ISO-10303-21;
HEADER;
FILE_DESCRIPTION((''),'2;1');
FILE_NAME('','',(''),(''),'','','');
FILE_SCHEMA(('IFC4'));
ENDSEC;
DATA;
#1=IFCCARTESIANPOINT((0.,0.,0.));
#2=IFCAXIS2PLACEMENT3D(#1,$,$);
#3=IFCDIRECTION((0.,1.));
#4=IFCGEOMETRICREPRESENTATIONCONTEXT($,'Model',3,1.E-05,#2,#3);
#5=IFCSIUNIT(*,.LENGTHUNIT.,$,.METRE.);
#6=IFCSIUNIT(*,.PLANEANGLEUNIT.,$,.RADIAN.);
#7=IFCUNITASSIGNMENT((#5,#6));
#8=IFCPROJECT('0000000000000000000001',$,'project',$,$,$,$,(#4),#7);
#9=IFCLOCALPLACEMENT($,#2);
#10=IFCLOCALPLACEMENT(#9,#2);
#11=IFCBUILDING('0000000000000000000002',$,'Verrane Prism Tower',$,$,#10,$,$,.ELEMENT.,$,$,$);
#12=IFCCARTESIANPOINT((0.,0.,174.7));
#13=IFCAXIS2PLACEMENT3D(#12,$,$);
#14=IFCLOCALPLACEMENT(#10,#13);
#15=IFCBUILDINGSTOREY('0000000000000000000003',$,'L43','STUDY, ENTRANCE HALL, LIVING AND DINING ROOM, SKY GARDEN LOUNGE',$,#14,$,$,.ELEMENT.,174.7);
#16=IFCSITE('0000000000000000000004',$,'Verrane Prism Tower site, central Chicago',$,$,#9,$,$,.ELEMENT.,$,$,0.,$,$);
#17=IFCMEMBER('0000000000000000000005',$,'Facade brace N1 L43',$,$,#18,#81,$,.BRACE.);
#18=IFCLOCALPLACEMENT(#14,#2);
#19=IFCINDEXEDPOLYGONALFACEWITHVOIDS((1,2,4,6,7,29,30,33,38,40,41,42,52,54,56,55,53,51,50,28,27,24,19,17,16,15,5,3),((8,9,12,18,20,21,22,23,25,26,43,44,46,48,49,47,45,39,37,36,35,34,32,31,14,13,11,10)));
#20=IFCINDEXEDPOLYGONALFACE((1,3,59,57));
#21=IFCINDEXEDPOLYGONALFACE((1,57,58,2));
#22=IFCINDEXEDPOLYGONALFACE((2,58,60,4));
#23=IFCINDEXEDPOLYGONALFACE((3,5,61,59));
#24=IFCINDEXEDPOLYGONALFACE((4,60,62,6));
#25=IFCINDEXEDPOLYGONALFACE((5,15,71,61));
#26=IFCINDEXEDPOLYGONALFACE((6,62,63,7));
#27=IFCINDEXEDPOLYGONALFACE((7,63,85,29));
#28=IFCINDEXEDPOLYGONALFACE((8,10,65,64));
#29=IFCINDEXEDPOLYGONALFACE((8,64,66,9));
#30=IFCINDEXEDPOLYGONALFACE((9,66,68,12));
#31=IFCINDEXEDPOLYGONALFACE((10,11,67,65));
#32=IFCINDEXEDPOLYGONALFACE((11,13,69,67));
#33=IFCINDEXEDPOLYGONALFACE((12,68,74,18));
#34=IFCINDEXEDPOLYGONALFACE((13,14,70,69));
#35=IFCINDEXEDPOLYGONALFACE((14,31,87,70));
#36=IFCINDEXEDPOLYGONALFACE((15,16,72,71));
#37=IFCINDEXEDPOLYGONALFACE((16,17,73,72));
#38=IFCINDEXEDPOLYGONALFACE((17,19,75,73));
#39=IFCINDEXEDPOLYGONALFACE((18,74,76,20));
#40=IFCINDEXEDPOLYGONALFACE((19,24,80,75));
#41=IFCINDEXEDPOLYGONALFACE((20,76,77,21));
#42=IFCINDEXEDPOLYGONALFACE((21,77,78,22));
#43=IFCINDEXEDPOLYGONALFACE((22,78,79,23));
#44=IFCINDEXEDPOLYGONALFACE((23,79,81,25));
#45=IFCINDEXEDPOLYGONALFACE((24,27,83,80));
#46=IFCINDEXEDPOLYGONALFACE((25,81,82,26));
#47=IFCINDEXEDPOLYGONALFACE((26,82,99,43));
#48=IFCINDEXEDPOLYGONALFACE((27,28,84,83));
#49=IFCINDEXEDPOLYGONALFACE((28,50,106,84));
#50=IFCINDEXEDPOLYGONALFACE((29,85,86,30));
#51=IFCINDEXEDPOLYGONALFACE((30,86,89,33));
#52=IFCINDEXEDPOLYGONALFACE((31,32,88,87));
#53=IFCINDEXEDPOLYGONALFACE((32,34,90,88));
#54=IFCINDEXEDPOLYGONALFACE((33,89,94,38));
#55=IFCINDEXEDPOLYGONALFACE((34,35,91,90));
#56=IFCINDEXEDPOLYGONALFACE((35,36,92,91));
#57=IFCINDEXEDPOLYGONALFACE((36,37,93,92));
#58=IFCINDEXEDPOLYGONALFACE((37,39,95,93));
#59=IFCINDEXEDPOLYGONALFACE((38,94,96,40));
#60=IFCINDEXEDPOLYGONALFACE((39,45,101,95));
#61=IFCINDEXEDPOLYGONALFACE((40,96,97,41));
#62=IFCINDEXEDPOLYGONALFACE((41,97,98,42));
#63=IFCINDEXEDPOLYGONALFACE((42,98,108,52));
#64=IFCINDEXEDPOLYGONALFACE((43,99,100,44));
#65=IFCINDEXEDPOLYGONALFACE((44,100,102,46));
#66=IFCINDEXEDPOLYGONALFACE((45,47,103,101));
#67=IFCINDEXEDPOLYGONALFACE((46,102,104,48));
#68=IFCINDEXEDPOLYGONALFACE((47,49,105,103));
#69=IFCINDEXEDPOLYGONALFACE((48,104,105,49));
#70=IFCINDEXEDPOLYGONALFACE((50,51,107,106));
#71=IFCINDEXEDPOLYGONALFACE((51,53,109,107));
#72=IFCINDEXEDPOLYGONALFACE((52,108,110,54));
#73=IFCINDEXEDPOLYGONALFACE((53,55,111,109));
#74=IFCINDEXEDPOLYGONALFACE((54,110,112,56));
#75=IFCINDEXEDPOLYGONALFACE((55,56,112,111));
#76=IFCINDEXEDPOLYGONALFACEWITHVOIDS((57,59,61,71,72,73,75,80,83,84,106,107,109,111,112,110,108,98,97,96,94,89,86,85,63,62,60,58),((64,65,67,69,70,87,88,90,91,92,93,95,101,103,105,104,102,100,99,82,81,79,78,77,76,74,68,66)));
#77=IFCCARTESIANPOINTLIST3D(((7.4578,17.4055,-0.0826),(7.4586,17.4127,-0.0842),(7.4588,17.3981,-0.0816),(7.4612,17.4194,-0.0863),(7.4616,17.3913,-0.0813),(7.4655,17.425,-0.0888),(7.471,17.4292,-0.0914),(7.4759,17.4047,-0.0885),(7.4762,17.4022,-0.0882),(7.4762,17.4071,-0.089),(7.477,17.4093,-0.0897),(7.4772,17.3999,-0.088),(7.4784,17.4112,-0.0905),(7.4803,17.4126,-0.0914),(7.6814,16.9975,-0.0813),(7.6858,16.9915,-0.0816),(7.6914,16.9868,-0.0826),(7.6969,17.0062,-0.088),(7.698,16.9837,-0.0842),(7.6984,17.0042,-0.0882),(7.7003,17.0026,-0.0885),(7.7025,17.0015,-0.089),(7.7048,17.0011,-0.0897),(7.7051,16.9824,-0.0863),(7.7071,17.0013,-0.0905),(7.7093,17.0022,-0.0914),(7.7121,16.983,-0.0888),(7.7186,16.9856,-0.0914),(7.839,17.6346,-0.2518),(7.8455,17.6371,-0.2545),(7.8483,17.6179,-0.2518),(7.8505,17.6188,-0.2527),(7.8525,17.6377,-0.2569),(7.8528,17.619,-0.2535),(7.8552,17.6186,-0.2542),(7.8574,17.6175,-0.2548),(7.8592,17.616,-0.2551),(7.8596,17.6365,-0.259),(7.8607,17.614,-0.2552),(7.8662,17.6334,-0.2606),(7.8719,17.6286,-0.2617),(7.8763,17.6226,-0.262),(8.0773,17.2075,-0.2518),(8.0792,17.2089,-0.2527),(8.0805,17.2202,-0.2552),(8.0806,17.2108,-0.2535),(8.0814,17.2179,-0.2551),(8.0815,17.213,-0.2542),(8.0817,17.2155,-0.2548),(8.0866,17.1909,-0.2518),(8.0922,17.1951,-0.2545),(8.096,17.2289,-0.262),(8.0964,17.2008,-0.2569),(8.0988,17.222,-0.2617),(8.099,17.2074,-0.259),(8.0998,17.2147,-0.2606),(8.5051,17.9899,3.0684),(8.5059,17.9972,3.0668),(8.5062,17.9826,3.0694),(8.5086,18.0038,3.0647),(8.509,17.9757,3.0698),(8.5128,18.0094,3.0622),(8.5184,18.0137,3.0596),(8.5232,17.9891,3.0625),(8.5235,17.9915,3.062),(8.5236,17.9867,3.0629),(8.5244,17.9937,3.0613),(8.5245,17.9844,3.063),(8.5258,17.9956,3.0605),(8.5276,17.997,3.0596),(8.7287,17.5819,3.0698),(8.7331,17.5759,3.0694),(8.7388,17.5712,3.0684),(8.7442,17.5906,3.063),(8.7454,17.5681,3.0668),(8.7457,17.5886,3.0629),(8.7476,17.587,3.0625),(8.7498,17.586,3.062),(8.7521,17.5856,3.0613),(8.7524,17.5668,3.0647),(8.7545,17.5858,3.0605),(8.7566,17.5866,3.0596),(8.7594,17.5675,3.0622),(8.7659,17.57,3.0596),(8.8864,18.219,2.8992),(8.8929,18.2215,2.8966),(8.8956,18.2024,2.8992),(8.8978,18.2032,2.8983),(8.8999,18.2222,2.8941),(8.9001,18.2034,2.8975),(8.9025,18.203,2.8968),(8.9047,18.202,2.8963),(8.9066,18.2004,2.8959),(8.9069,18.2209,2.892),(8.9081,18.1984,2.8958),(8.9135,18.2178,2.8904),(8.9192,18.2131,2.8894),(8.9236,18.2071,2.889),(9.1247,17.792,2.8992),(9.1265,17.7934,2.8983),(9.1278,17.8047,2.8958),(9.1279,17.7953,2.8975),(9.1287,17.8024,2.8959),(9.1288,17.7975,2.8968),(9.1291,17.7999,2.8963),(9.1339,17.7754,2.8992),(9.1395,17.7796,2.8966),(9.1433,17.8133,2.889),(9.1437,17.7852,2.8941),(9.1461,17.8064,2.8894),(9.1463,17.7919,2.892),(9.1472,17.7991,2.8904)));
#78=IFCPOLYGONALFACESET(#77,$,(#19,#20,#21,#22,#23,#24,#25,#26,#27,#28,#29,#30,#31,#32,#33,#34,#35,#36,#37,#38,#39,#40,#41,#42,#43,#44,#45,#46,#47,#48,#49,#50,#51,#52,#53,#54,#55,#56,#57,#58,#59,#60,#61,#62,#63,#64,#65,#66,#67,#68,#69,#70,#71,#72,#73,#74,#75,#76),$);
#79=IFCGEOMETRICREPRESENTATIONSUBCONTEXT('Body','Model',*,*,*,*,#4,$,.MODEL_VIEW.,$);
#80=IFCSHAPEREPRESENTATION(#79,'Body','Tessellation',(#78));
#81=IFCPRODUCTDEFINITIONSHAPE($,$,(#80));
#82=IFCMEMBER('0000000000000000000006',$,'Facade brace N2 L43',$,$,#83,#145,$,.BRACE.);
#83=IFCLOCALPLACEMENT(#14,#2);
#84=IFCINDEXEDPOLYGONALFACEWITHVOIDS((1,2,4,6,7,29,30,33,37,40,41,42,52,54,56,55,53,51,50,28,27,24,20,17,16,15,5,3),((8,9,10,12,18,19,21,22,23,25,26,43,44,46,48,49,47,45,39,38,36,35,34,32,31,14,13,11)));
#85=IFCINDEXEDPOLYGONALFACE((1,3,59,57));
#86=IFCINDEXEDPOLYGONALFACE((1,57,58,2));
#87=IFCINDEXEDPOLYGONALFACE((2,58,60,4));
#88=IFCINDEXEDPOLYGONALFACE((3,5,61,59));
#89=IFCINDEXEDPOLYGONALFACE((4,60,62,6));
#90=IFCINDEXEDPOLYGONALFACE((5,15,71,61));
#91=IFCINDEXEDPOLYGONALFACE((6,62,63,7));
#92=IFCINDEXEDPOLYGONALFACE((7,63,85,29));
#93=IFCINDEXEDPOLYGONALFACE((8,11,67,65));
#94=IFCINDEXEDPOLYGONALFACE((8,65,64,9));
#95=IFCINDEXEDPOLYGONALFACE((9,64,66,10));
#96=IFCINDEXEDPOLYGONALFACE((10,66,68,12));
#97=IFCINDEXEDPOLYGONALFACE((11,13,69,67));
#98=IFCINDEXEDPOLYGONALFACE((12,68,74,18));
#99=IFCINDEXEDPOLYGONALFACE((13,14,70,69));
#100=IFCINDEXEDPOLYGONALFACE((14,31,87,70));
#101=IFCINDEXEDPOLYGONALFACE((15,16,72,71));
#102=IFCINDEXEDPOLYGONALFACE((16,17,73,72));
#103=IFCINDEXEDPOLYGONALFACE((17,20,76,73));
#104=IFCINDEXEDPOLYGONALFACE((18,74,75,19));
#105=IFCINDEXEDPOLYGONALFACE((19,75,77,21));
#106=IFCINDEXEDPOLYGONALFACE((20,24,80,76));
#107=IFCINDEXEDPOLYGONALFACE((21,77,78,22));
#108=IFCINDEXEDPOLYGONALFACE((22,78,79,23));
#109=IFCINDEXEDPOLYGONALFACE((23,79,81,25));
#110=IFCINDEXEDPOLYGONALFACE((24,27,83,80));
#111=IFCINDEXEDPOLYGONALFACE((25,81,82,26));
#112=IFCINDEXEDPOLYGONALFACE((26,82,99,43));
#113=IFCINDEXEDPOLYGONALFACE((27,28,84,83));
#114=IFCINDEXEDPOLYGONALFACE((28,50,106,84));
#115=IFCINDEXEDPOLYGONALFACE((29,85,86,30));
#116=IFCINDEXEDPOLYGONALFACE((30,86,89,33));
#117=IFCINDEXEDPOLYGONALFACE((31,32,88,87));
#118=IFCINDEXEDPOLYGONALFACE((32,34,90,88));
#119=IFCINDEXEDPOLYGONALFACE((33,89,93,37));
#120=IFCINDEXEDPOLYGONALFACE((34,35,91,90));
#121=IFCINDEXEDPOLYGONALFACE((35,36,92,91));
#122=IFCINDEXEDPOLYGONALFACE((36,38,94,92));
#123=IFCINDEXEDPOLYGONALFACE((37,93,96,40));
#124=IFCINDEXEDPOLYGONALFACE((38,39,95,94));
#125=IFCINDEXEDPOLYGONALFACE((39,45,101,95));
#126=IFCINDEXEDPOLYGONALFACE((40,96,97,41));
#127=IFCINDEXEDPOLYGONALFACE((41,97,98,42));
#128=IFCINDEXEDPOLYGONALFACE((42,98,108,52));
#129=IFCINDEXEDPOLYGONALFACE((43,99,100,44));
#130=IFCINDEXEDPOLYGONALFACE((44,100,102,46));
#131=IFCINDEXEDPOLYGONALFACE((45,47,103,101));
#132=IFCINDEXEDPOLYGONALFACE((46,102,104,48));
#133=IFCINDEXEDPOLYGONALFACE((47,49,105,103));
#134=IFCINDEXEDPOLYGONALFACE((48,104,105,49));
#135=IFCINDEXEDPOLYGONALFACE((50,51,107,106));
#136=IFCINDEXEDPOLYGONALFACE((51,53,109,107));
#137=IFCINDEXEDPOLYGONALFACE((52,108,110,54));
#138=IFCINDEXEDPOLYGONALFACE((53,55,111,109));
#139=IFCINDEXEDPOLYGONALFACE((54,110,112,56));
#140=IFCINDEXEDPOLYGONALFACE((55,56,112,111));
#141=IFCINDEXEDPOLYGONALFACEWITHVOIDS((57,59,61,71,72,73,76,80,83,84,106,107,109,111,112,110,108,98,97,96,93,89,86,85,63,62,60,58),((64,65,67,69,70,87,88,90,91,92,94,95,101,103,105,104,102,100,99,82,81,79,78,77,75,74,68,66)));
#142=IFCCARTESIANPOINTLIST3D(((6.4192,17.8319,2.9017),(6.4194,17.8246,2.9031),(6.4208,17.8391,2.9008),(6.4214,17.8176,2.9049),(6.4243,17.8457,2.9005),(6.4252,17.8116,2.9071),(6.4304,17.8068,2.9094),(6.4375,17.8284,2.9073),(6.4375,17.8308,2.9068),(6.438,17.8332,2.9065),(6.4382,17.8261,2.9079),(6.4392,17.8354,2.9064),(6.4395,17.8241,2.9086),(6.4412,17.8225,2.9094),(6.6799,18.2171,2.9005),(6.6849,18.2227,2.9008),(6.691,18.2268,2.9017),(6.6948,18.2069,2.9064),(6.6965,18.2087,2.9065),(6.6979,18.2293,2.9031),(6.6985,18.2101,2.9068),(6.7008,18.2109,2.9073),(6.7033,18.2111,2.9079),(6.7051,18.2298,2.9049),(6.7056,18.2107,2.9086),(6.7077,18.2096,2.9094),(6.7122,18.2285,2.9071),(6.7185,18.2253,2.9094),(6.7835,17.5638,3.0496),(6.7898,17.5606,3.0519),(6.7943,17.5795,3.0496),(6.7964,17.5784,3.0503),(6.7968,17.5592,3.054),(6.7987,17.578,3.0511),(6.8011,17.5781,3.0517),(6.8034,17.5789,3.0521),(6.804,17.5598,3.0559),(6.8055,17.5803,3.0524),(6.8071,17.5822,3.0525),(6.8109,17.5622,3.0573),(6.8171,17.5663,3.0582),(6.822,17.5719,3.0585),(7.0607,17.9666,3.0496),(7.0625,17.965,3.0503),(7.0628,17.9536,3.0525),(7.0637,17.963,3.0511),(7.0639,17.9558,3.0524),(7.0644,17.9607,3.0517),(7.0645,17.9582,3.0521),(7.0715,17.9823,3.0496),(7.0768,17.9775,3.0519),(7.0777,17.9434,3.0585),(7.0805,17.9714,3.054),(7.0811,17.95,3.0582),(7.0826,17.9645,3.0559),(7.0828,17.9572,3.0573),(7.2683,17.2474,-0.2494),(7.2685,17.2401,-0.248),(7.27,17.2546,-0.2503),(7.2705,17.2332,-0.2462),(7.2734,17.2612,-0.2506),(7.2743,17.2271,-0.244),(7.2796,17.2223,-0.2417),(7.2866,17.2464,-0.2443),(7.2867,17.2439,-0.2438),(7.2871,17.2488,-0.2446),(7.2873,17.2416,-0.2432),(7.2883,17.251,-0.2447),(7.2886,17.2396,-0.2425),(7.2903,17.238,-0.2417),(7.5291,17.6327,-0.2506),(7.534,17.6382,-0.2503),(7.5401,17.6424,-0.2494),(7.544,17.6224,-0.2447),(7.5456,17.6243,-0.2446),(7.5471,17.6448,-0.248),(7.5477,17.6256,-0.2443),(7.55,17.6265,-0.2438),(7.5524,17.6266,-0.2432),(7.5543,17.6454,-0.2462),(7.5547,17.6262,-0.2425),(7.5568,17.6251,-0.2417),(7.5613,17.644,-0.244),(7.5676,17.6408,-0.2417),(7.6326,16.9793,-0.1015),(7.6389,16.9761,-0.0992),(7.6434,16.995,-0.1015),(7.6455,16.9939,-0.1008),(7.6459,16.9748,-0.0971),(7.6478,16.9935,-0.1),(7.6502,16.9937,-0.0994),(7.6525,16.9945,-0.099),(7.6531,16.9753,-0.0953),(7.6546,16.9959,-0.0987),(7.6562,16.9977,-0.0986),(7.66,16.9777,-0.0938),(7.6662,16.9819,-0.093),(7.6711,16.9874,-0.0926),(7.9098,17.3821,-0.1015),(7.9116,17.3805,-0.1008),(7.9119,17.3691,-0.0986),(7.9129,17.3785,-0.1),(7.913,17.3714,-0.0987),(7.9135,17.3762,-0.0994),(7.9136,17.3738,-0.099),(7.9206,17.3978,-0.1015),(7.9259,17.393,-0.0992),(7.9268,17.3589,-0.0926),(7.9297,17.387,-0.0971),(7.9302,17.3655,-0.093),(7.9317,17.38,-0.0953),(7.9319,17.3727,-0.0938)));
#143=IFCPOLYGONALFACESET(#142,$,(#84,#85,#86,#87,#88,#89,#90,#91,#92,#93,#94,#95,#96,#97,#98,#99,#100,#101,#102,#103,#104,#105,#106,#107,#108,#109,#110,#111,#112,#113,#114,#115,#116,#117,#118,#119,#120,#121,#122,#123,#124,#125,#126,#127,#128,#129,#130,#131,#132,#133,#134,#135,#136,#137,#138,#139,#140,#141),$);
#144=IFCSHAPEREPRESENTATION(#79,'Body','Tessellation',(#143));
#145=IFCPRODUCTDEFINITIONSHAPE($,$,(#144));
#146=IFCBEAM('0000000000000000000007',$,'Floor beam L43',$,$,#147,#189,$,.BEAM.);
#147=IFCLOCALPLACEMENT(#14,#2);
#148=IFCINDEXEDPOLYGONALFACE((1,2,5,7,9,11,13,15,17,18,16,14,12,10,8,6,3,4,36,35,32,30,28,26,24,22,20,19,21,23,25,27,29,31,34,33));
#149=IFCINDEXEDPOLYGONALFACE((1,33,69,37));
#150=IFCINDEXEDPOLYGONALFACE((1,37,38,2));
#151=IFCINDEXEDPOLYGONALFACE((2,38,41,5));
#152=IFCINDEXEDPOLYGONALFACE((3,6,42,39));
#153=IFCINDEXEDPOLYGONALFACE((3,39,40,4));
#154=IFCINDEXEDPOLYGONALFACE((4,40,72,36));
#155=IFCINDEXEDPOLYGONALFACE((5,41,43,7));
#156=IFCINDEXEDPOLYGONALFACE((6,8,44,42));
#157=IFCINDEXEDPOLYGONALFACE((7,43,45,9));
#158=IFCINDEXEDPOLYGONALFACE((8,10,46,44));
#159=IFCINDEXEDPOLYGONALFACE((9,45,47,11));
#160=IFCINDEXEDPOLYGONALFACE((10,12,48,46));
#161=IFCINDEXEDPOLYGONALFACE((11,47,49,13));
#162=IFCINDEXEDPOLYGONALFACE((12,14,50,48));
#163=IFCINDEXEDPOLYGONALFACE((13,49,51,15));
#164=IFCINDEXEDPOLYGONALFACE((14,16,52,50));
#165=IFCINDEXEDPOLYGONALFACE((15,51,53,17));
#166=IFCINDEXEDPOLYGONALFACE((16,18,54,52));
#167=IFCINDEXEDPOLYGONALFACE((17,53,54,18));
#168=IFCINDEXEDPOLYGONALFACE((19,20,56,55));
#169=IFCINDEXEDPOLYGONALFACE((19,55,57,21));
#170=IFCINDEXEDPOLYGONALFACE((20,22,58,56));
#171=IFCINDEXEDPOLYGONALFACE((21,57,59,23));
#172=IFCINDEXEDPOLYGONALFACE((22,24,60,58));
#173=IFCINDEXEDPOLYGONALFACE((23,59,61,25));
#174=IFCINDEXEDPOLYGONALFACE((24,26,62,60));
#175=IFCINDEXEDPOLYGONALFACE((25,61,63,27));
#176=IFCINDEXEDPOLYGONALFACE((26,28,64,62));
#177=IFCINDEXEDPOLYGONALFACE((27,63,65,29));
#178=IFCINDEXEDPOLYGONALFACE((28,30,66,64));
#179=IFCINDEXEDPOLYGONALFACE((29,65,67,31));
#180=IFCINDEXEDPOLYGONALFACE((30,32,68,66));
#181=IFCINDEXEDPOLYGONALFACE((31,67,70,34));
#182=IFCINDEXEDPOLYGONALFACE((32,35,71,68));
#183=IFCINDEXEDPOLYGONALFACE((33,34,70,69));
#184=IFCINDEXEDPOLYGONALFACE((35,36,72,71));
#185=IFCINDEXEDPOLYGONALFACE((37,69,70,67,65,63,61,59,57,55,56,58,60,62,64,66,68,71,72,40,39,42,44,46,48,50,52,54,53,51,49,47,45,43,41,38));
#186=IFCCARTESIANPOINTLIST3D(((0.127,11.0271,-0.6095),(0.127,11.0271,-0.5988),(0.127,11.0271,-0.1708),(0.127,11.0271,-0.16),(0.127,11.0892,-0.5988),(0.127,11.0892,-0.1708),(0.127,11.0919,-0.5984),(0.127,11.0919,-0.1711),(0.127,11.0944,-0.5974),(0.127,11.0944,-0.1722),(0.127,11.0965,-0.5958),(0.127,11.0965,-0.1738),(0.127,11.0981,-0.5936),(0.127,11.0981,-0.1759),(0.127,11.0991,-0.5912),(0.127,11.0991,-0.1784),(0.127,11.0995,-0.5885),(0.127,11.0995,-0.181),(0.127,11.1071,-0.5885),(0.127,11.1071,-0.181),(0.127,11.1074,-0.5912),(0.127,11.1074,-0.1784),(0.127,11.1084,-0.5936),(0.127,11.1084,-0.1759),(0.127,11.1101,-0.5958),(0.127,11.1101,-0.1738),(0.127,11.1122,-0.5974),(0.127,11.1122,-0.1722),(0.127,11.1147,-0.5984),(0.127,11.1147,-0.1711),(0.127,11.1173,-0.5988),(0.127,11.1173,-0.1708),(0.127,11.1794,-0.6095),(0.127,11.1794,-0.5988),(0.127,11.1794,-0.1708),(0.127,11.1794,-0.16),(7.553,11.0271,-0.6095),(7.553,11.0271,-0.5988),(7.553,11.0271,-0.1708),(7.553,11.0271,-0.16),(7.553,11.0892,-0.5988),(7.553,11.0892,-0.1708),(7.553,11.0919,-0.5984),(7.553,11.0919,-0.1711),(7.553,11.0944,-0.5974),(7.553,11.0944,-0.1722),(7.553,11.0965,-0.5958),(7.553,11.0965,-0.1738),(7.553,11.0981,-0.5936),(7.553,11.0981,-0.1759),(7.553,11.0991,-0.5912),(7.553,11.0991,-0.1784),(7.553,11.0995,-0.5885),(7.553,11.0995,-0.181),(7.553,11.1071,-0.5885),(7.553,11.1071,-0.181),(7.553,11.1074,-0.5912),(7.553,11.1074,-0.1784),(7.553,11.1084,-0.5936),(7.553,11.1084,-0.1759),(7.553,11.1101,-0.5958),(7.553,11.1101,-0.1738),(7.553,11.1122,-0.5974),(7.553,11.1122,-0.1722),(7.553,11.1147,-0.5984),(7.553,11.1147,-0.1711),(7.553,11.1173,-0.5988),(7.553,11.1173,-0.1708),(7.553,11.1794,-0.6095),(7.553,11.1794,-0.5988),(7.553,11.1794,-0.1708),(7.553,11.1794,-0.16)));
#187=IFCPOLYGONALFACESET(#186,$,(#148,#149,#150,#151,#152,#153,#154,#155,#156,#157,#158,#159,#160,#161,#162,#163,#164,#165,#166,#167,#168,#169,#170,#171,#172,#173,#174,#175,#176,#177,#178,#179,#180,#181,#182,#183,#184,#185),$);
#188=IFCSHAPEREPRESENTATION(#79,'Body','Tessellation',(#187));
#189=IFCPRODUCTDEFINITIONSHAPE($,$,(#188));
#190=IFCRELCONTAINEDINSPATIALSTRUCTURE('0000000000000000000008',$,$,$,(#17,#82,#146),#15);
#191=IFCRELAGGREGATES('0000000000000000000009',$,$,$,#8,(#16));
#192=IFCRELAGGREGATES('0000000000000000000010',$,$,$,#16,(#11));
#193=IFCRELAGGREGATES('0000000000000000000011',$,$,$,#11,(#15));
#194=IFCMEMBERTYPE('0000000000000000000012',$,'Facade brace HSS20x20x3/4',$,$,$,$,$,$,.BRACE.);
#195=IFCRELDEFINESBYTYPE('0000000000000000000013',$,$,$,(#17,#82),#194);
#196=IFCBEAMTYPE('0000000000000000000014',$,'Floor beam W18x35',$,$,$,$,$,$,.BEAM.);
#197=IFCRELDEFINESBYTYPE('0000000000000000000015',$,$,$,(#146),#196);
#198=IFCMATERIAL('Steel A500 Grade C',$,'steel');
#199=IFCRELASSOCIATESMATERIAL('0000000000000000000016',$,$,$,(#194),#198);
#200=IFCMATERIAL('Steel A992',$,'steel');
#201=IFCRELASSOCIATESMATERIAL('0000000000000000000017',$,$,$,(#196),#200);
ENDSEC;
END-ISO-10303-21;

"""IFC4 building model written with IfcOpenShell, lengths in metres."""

from ifc_helpers import new_model, si_unit, direction, frame, origin, origin_2d, place, context, subcontext, project, spatial, hollow_rectangle, i_section, extrude, material, material_profile, profile_set, type_object, element, save


model = new_model("IFC4")

# Units and contexts
model_context = context("Model", 3, precision=1e-05, world=origin(), true_north=direction((0.0, 1.0)))
body_context = subcontext(model_context, "Body", "Model", "MODEL_VIEW")
ifc_project = project(units=[si_unit("LENGTHUNIT", "METRE"), si_unit("PLANEANGLEUNIT", "RADIAN")], contexts=[model_context])

# Site, building, storey
site_placement = place(None, origin())
site = spatial("IfcSite", under=ifc_project, at=site_placement, Name="Verrane Prism Tower site, central Chicago", CompositionType="ELEMENT", RefElevation=0.0)
building_placement = place(site_placement, origin())
building = spatial("IfcBuilding", under=site, at=building_placement, Name="Verrane Prism Tower", CompositionType="ELEMENT")
storey_placement = place(building_placement, frame((0.0, 0.0, 174.7)))
storey = spatial("IfcBuildingStorey", under=building, at=storey_placement, Name="L43", Description="STUDY, ENTRANCE HALL, LIVING AND DINING ROOM, SKY GARDEN LOUNGE", CompositionType="ELEMENT", Elevation=174.7)

# Members
ifc_material_1 = material(Name="Steel A500 Grade C", Category="steel")
ifc_material_profile_1 = material_profile(ifc_material_1, hollow_rectangle(XDim=0.5081, YDim=0.5081, WallThickness=0.019, InnerFilletRadius=0.0095, OuterFilletRadius=0.0286, at=origin_2d()), Name="HSS20x20x3/4")
ifc_profile_set_1 = profile_set([ifc_material_profile_1], Name="Steel A500 Grade C")
member_type_1 = type_object("IfcMemberType", Name="Facade brace HSS20x20x3/4", PredefinedType="BRACE", material=ifc_profile_set_1)
member_1_placement = place(storey_placement, frame((7.7788, 17.3101, -0.1716), z_axis=(0.310636, 0.173348, 0.934588), x_axis=(-0.487301, 0.873234, 0.0)))
element("IfcMember", 1, at=member_1_placement, inside=storey, type_object=member_type_1, Name="Facade brace N1 L43", PredefinedType="BRACE", context=body_context, shape_type="SweptSolid", body=[
    extrude(hollow_rectangle(XDim=0.5081, YDim=0.5081, WallThickness=0.019, InnerFilletRadius=0.0095, OuterFilletRadius=0.0286, at=origin_2d()), origin(), (0.0, 0.0, 1.0), 3.3716),
])
member_2_placement = place(storey_placement, frame((7.6001, 17.3101, -0.1716), z_axis=(-0.256111, 0.176288, 0.950437), x_axis=(-0.566991, -0.823724, 0.0)))
element("IfcMember", 2, at=member_2_placement, inside=storey, type_object=member_type_1, Name="Facade brace N2 L43", PredefinedType="BRACE", context=body_context, shape_type="SweptSolid", body=[
    extrude(hollow_rectangle(XDim=0.5081, YDim=0.5081, WallThickness=0.019, InnerFilletRadius=0.0095, OuterFilletRadius=0.0286, at=origin_2d()), origin(), (0.0, 0.0, 1.0), 3.3154),
])

# Beam
ifc_material_2 = material(Name="Steel A992", Category="steel")
ifc_material_profile_2 = material_profile(ifc_material_2, i_section(OverallWidth=0.1523, OverallDepth=0.4495, WebThickness=0.0076, FlangeThickness=0.0107, FilletRadius=0.0103, at=origin_2d()), Name="W18x35")
ifc_profile_set_2 = profile_set([ifc_material_profile_2], Name="Steel A992")
beam_type_1 = type_object("IfcBeamType", Name="Floor beam W18x35", PredefinedType="BEAM", material=ifc_profile_set_2)
for number, where, z_axis, x_axis, name in (
    (3, (0.127, 11.1033, -0.3848), (1.0, 0.0, 0.0), (0.0, 1.0, 0.0), "Floor beam L43"),
):
    element("IfcBeam", number, at=place(storey_placement, frame(where, z_axis=z_axis, x_axis=x_axis)), inside=storey, type_object=beam_type_1, Name=name, PredefinedType="BEAM", context=body_context, shape_type="SweptSolid", body=[
        extrude(i_section(OverallWidth=0.1523, OverallDepth=0.4495, WebThickness=0.0076, FlangeThickness=0.0107, FilletRadius=0.0103, at=origin_2d()), origin(), (0.0, 0.0, 1.0), 7.426),
    ])

save(model, "model.ifc")
